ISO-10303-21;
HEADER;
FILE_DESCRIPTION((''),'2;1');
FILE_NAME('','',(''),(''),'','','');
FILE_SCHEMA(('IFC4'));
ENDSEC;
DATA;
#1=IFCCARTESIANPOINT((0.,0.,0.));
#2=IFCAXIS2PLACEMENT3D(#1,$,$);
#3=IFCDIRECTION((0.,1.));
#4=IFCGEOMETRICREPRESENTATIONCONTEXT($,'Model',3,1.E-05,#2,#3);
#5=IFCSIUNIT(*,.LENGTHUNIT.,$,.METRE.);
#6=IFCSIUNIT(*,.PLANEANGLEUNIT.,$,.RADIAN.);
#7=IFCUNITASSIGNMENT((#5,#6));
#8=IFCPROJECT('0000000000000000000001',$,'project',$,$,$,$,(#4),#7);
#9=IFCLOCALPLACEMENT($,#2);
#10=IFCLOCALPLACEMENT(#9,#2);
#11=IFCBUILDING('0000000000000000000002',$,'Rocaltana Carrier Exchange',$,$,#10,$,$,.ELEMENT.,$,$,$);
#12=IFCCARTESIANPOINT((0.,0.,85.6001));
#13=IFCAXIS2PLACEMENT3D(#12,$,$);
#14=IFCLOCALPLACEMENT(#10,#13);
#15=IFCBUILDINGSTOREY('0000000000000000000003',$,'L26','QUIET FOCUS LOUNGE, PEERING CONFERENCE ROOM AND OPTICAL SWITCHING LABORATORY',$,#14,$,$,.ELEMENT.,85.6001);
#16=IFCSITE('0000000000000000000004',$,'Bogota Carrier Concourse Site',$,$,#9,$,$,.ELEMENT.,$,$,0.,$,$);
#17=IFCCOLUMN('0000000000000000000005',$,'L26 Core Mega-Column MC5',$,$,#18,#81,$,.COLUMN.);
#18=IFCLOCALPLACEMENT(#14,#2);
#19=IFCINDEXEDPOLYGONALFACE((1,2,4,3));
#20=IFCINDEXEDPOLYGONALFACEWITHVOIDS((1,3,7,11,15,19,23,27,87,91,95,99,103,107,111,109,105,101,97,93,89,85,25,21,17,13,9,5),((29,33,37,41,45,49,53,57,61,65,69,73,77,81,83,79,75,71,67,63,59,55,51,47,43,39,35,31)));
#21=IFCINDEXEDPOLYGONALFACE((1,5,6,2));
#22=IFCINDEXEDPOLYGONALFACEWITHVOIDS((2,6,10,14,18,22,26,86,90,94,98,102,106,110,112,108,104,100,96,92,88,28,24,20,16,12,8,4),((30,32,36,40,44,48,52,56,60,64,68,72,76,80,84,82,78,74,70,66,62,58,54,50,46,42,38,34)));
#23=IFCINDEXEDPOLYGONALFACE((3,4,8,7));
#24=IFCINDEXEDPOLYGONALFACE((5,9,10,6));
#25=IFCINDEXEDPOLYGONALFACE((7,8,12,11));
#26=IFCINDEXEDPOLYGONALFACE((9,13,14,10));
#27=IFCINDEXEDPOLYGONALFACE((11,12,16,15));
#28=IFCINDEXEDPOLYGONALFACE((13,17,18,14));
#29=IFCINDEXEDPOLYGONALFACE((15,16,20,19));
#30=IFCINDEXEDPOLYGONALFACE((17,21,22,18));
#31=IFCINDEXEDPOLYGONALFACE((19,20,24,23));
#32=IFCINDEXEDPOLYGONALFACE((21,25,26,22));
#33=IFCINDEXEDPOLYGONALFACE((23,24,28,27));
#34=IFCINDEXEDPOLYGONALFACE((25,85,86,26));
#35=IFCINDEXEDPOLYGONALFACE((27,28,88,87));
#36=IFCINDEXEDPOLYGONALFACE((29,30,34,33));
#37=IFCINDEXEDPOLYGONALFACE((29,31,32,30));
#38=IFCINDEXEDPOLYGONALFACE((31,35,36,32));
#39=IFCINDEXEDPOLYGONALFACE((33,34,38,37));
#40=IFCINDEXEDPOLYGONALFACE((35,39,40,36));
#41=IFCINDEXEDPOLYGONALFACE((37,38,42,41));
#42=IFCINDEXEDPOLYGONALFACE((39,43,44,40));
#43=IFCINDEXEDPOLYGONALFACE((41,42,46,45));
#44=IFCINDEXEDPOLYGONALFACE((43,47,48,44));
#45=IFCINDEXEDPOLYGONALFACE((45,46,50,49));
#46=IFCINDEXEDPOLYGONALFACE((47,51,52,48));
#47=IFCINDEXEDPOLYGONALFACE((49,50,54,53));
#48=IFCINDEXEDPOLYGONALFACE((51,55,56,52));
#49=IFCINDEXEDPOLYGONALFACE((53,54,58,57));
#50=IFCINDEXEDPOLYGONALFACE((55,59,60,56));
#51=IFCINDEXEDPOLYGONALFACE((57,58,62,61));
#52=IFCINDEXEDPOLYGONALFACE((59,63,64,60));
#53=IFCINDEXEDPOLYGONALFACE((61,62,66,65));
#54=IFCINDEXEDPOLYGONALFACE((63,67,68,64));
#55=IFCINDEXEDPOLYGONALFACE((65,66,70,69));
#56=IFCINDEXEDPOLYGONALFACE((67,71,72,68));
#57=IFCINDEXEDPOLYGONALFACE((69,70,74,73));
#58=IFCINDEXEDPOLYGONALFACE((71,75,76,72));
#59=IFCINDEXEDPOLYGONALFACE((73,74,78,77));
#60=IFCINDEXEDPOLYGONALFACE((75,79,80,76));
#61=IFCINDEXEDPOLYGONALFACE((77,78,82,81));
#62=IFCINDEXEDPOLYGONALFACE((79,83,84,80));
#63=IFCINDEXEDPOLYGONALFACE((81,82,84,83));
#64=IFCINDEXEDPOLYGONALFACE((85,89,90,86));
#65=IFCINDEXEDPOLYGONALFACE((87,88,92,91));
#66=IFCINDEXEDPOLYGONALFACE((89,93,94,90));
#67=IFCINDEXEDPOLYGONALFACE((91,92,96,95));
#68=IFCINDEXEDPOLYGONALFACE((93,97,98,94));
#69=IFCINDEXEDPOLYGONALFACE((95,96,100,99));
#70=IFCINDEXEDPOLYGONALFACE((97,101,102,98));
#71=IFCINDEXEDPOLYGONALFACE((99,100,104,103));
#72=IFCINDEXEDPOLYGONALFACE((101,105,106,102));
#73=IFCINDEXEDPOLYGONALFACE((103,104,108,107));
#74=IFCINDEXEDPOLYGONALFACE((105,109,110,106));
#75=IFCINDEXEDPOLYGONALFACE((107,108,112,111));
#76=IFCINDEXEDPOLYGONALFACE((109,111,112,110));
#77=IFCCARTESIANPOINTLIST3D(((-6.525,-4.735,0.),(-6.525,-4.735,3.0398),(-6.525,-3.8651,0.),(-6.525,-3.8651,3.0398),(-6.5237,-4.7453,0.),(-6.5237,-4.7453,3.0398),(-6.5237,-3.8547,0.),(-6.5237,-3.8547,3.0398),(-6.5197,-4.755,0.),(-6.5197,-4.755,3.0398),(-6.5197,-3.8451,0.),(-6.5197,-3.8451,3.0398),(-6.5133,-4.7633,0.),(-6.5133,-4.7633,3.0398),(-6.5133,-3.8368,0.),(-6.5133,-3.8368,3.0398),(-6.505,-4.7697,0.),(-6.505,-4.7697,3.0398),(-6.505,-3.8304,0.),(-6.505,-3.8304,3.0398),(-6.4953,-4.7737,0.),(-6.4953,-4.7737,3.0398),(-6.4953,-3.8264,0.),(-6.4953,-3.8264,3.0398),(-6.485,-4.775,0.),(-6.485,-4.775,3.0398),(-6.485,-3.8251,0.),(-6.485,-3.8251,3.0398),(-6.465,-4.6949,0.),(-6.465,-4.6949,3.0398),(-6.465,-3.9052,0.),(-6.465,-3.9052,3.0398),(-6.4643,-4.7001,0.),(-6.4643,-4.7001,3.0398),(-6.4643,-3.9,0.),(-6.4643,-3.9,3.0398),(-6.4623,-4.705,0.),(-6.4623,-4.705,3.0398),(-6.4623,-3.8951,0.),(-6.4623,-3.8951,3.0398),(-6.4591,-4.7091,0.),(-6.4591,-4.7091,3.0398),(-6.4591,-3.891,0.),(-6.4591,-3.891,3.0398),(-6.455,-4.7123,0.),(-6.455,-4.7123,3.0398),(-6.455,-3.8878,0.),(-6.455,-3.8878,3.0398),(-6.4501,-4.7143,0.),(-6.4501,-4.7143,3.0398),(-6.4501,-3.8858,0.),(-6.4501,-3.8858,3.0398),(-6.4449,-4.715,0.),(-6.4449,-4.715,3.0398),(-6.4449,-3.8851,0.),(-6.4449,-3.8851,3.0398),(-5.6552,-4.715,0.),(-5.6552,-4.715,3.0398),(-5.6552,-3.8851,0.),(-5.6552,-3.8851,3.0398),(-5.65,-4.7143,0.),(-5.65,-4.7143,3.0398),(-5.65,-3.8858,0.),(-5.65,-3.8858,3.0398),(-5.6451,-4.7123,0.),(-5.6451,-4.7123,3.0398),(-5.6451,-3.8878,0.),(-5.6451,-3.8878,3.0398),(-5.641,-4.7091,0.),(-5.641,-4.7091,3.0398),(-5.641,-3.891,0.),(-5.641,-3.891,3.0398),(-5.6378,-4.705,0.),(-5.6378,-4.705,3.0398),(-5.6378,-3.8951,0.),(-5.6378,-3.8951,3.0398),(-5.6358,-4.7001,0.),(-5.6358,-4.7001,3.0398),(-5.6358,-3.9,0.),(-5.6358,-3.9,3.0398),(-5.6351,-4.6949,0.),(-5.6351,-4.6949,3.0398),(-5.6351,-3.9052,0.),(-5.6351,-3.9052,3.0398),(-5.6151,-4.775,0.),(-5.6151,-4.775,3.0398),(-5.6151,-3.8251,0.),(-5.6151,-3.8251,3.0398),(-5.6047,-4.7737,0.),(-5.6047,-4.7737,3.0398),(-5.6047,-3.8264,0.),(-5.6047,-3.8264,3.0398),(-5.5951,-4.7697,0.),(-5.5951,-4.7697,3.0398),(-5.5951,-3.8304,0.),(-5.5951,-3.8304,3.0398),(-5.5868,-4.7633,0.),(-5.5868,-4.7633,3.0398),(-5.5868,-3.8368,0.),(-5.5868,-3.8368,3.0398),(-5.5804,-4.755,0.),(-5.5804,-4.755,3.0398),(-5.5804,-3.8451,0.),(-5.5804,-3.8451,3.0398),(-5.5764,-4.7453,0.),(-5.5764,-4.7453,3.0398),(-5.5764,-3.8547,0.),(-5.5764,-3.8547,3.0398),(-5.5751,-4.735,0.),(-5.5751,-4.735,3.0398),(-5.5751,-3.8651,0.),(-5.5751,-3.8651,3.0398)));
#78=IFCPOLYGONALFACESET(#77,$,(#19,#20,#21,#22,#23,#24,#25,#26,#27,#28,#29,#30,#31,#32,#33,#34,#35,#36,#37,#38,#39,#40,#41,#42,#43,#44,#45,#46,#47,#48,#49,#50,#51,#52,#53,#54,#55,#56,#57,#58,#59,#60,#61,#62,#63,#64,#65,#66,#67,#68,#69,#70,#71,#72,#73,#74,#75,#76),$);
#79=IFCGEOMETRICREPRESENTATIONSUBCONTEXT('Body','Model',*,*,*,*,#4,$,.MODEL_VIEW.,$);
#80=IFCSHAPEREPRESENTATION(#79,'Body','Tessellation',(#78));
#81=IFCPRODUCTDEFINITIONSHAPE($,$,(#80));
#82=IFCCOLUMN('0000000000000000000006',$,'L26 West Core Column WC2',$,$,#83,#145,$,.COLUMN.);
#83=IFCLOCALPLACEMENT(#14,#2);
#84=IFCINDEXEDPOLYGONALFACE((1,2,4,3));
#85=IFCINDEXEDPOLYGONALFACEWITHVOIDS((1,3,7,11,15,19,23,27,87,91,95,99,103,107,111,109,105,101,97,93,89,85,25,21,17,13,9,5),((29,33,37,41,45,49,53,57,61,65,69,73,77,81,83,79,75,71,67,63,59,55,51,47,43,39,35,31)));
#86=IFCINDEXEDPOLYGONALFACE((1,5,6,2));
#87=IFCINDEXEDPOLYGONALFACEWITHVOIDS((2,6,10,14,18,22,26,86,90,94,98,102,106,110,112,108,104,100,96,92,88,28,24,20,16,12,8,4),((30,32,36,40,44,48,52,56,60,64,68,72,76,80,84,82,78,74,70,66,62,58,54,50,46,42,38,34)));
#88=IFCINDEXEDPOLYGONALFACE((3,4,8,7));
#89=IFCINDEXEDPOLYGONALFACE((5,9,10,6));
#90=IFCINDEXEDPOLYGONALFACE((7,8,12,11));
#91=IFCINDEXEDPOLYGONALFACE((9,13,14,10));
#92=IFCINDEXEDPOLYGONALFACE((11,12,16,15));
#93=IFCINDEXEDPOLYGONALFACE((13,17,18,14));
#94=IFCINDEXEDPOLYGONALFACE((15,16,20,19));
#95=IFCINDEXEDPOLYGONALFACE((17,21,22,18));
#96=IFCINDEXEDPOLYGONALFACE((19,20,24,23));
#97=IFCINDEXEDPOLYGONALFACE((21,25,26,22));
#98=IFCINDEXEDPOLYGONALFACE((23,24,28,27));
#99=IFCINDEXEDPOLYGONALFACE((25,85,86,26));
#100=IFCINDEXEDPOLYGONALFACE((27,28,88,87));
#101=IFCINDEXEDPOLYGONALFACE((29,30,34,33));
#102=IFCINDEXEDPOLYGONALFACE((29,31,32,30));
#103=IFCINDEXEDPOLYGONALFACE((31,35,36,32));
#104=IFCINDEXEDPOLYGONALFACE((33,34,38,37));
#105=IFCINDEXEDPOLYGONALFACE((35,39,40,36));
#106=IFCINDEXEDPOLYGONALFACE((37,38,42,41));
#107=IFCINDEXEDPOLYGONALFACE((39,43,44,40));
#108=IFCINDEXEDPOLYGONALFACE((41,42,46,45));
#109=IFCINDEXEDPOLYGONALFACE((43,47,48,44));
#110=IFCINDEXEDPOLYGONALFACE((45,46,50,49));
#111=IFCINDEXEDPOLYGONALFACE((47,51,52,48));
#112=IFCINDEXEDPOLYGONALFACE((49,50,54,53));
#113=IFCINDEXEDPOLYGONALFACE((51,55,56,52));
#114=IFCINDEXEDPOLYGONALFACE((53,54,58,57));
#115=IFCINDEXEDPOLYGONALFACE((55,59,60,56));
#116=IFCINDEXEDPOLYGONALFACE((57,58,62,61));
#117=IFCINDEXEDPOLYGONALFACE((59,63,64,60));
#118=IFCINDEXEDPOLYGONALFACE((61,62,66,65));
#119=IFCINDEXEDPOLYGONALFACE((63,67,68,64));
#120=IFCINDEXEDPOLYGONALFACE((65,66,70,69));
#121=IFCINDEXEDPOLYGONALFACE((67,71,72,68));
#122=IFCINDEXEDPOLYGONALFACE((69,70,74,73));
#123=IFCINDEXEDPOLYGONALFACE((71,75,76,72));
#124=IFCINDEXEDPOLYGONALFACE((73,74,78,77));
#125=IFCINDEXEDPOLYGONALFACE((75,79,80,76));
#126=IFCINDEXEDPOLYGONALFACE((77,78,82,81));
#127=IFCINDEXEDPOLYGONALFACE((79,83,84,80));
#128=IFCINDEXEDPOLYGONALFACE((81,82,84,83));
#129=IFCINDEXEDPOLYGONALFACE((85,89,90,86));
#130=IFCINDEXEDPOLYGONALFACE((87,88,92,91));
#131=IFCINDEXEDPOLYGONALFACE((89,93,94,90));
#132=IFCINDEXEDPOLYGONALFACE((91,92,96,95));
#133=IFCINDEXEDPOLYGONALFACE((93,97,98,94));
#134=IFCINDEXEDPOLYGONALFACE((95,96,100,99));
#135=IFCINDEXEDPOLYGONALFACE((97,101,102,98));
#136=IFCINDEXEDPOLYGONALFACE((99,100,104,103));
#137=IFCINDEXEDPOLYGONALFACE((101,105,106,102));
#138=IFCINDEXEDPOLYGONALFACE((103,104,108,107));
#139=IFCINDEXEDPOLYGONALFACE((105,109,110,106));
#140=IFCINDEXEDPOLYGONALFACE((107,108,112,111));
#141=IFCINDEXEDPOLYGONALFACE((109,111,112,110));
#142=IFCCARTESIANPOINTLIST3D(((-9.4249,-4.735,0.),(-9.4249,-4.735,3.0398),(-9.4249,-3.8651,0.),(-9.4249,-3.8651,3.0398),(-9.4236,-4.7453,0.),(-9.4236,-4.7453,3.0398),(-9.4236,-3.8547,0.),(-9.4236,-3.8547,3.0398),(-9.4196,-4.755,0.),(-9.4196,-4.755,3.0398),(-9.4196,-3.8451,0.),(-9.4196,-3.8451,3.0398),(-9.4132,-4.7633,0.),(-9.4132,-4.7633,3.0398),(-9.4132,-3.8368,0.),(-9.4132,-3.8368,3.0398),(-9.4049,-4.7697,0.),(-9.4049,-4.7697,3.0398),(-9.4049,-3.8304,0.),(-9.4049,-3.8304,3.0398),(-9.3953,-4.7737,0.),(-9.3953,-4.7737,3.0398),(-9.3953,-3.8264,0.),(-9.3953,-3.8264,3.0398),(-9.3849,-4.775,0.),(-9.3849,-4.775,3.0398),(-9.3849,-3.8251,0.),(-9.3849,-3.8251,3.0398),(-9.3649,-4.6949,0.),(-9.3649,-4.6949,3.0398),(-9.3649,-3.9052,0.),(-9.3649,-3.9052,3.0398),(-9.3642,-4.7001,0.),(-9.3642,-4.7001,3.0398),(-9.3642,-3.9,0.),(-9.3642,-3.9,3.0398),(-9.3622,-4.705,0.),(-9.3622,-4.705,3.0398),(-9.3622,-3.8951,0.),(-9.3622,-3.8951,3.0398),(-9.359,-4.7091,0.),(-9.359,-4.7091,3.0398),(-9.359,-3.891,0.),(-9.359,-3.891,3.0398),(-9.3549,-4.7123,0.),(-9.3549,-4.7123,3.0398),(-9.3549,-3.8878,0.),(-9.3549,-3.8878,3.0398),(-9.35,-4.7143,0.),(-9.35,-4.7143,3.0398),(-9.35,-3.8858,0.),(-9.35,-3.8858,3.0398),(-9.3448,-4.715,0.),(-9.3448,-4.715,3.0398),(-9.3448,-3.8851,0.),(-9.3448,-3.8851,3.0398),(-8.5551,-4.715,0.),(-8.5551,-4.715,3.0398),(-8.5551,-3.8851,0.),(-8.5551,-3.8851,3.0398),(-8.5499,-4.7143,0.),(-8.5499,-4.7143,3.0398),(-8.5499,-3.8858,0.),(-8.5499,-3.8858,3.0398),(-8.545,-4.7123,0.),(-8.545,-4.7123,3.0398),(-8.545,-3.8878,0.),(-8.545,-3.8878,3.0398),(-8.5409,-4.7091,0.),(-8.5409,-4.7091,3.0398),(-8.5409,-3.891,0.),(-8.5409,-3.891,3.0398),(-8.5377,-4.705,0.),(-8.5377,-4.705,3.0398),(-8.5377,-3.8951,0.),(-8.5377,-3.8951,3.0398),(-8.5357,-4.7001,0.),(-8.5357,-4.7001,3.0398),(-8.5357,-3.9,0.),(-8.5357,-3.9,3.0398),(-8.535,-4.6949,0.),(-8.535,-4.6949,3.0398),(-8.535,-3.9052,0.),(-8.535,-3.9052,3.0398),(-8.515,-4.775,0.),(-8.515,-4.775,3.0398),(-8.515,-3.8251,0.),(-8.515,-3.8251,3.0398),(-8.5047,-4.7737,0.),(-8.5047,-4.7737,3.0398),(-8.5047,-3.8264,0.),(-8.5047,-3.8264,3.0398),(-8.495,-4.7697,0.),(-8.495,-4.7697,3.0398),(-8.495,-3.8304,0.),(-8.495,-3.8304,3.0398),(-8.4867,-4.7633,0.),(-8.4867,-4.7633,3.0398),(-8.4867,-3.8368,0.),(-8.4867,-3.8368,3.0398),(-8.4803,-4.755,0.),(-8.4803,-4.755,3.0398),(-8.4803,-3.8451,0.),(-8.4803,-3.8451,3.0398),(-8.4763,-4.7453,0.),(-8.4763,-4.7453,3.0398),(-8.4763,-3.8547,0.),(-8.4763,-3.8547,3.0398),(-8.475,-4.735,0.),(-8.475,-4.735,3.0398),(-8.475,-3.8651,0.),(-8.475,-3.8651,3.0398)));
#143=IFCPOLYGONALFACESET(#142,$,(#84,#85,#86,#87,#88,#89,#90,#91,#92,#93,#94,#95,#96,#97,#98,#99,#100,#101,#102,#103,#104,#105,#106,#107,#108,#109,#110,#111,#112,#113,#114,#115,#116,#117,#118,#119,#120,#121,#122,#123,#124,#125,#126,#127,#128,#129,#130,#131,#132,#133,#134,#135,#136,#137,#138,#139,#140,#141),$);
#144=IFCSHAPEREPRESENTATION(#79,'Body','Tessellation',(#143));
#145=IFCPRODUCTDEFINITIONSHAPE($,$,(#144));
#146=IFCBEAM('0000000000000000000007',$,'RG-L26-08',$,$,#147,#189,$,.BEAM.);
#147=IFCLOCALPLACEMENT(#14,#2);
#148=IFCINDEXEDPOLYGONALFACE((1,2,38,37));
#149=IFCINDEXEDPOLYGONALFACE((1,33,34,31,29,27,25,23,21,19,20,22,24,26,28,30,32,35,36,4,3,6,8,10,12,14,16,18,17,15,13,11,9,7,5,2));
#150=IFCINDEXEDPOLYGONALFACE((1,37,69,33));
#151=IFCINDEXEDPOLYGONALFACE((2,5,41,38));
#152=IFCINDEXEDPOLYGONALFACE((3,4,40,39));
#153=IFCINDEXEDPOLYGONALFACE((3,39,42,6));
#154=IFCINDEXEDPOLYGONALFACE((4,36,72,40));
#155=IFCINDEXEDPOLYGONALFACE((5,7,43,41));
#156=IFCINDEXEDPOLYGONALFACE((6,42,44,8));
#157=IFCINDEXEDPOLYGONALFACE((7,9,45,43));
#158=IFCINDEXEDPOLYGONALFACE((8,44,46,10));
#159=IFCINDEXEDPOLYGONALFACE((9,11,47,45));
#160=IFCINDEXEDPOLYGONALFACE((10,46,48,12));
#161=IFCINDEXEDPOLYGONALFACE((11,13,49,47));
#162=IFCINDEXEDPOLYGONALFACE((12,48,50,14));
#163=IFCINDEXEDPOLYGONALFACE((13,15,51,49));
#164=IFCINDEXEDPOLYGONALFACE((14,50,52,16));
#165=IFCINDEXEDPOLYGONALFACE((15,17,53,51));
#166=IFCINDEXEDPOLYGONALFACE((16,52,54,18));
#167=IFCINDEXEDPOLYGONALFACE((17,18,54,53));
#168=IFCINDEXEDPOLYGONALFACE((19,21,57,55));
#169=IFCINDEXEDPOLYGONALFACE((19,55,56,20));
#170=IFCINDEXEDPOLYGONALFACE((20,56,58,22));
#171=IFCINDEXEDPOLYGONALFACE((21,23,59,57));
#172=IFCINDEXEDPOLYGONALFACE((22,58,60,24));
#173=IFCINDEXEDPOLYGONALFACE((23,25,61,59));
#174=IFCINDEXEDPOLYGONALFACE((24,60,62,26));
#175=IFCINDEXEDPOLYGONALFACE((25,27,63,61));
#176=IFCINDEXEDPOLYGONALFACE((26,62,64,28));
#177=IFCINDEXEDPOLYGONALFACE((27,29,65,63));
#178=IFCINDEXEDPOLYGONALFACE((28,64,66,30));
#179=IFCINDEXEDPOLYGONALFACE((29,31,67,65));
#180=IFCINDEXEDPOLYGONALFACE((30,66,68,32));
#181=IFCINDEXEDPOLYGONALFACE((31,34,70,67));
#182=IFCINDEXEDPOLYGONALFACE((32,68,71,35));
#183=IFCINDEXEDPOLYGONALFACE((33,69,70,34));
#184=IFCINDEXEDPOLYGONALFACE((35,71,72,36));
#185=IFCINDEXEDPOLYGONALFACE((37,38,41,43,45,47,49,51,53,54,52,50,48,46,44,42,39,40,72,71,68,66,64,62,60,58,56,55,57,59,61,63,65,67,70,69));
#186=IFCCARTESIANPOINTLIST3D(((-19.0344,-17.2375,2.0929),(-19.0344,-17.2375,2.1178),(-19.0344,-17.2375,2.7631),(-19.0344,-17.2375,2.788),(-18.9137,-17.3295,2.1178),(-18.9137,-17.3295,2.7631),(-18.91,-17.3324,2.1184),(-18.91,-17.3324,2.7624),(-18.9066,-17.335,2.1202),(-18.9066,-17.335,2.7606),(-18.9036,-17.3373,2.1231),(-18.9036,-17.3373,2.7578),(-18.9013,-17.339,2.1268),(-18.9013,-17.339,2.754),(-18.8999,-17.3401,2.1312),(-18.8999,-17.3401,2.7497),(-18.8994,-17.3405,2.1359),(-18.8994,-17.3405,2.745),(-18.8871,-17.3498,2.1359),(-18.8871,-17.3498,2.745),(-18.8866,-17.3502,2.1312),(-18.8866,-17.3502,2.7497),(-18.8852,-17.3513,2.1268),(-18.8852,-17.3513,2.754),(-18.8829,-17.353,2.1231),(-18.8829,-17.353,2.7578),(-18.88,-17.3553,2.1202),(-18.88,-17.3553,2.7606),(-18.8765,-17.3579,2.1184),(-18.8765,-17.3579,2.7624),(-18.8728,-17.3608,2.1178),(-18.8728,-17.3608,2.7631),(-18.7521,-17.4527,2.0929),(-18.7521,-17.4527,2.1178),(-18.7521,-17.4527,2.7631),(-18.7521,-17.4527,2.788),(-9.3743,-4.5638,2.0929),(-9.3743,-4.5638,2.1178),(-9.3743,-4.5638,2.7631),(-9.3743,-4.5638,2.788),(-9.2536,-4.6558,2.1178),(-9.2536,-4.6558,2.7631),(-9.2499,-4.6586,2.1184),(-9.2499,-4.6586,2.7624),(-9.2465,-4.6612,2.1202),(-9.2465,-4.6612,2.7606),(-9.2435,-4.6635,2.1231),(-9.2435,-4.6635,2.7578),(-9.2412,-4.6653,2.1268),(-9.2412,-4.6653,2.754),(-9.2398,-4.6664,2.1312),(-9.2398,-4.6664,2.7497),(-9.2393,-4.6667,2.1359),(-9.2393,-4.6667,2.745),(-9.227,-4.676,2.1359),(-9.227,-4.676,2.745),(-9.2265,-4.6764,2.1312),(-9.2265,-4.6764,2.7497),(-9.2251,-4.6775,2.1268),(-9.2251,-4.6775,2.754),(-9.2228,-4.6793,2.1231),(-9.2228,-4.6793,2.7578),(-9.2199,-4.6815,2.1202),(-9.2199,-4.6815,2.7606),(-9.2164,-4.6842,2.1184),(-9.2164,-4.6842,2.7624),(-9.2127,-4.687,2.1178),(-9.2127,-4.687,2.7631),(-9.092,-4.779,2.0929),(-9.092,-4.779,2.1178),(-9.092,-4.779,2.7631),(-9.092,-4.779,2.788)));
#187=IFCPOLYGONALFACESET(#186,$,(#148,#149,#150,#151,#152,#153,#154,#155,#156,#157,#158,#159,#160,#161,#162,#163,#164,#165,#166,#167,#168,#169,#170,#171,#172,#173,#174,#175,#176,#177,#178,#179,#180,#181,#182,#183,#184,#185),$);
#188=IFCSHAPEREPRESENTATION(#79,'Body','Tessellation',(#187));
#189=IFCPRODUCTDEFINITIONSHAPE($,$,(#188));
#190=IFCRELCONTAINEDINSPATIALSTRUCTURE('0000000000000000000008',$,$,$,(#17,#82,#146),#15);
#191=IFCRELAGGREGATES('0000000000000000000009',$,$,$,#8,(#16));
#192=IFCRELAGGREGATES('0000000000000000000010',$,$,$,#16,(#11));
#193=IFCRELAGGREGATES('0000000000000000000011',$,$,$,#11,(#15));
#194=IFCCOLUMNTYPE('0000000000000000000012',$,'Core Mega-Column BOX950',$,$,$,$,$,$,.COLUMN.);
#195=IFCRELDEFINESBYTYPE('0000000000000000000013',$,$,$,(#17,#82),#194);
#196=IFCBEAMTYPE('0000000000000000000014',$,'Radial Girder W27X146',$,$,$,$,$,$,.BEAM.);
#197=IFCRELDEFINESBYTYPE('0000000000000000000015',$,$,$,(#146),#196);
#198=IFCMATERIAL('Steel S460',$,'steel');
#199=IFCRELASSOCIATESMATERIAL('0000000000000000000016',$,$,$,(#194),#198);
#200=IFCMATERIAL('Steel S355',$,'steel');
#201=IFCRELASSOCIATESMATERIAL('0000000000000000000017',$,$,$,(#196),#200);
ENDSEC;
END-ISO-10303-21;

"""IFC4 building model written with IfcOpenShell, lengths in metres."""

from ifc_helpers import new_model, si_unit, direction, frame, origin, origin_2d, place, context, subcontext, project, spatial, hollow_rectangle, i_section, extrude, material, material_profile, profile_set, type_object, element, save


model = new_model("IFC4")

# Units and contexts
model_context = context("Model", 3, precision=1e-05, world=origin(), true_north=direction((0.0, 1.0)))
body_context = subcontext(model_context, "Body", "Model", "MODEL_VIEW")
ifc_project = project(units=[si_unit("LENGTHUNIT", "METRE"), si_unit("PLANEANGLEUNIT", "RADIAN")], contexts=[model_context])

# Site, building, storey
site_placement = place(None, origin())
site = spatial("IfcSite", under=ifc_project, at=site_placement, Name="Bogota Carrier Concourse Site", CompositionType="ELEMENT", RefElevation=0.0)
building_placement = place(site_placement, origin())
building = spatial("IfcBuilding", under=site, at=building_placement, Name="Rocaltana Carrier Exchange", CompositionType="ELEMENT")
storey_placement = place(building_placement, frame((0.0, 0.0, 85.6001)))
storey = spatial("IfcBuildingStorey", under=building, at=storey_placement, Name="L26", Description="QUIET FOCUS LOUNGE, PEERING CONFERENCE ROOM AND OPTICAL SWITCHING LABORATORY", CompositionType="ELEMENT", Elevation=85.6001)

# Columns
ifc_material_1 = material(Name="Steel S460", Category="steel")
ifc_material_profile_1 = material_profile(ifc_material_1, hollow_rectangle(XDim=0.95, YDim=0.95, WallThickness=0.0601, InnerFilletRadius=0.02, OuterFilletRadius=0.04, at=origin_2d()), Name="BOX950X950X60")
ifc_profile_set_1 = profile_set([ifc_material_profile_1], Name="Steel S460")
column_type = type_object("IfcColumnType", Name="Core Mega-Column BOX950", PredefinedType="COLUMN", material=ifc_profile_set_1)
for number, where, z_axis, x_axis, name in (
    (1, (-6.05, -4.3, 0.0), (0.0, 0.0, 1.0), (1.0, 0.0, 0.0), "L26 Core Mega-Column MC5"),
    (2, (-8.95, -4.3, 0.0), (0.0, 0.0, 1.0), (1.0, 0.0, 0.0), "L26 West Core Column WC2"),
):
    element("IfcColumn", number, at=place(storey_placement, frame(where, z_axis=z_axis, x_axis=x_axis)), inside=storey, type_object=column_type, Name=name, PredefinedType="COLUMN", context=body_context, shape_type="SweptSolid", body=[
        extrude(hollow_rectangle(XDim=0.95, YDim=0.95, WallThickness=0.0601, InnerFilletRadius=0.02, OuterFilletRadius=0.04, at=origin_2d()), origin(), (0.0, 0.0, 1.0), 3.0398),
    ])

# Beam
ifc_material_2 = material(Name="Steel S355", Category="steel")
ifc_material_profile_2 = material_profile(ifc_material_2, i_section(OverallWidth=0.355, OverallDepth=0.6951, WebThickness=0.0154, FlangeThickness=0.0249, FilletRadius=0.0181, at=origin_2d()), Name="W27X146")
ifc_profile_set_2 = profile_set([ifc_material_profile_2], Name="Steel S355")
beam_type = type_object("IfcBeamType", Name="Radial Girder W27X146", PredefinedType="BEAM", material=ifc_profile_set_2)
beam_1_placement = place(storey_placement, frame((-9.2332, -4.6714, 2.4404), z_axis=(-0.606198, -0.795314, 0.0), x_axis=(0.795314, -0.606198, 0.0)))
element("IfcBeam", 3, at=beam_1_placement, inside=storey, type_object=beam_type, Name="RG-L26-08", PredefinedType="BEAM", context=body_context, shape_type="SweptSolid", body=[
    extrude(i_section(OverallWidth=0.355, OverallDepth=0.6951, WebThickness=0.0154, FlangeThickness=0.0249, FilletRadius=0.0181, at=origin_2d()), origin(), (0.0, 0.0, 1.0), 15.9355),
])

save(model, "model.ifc")
